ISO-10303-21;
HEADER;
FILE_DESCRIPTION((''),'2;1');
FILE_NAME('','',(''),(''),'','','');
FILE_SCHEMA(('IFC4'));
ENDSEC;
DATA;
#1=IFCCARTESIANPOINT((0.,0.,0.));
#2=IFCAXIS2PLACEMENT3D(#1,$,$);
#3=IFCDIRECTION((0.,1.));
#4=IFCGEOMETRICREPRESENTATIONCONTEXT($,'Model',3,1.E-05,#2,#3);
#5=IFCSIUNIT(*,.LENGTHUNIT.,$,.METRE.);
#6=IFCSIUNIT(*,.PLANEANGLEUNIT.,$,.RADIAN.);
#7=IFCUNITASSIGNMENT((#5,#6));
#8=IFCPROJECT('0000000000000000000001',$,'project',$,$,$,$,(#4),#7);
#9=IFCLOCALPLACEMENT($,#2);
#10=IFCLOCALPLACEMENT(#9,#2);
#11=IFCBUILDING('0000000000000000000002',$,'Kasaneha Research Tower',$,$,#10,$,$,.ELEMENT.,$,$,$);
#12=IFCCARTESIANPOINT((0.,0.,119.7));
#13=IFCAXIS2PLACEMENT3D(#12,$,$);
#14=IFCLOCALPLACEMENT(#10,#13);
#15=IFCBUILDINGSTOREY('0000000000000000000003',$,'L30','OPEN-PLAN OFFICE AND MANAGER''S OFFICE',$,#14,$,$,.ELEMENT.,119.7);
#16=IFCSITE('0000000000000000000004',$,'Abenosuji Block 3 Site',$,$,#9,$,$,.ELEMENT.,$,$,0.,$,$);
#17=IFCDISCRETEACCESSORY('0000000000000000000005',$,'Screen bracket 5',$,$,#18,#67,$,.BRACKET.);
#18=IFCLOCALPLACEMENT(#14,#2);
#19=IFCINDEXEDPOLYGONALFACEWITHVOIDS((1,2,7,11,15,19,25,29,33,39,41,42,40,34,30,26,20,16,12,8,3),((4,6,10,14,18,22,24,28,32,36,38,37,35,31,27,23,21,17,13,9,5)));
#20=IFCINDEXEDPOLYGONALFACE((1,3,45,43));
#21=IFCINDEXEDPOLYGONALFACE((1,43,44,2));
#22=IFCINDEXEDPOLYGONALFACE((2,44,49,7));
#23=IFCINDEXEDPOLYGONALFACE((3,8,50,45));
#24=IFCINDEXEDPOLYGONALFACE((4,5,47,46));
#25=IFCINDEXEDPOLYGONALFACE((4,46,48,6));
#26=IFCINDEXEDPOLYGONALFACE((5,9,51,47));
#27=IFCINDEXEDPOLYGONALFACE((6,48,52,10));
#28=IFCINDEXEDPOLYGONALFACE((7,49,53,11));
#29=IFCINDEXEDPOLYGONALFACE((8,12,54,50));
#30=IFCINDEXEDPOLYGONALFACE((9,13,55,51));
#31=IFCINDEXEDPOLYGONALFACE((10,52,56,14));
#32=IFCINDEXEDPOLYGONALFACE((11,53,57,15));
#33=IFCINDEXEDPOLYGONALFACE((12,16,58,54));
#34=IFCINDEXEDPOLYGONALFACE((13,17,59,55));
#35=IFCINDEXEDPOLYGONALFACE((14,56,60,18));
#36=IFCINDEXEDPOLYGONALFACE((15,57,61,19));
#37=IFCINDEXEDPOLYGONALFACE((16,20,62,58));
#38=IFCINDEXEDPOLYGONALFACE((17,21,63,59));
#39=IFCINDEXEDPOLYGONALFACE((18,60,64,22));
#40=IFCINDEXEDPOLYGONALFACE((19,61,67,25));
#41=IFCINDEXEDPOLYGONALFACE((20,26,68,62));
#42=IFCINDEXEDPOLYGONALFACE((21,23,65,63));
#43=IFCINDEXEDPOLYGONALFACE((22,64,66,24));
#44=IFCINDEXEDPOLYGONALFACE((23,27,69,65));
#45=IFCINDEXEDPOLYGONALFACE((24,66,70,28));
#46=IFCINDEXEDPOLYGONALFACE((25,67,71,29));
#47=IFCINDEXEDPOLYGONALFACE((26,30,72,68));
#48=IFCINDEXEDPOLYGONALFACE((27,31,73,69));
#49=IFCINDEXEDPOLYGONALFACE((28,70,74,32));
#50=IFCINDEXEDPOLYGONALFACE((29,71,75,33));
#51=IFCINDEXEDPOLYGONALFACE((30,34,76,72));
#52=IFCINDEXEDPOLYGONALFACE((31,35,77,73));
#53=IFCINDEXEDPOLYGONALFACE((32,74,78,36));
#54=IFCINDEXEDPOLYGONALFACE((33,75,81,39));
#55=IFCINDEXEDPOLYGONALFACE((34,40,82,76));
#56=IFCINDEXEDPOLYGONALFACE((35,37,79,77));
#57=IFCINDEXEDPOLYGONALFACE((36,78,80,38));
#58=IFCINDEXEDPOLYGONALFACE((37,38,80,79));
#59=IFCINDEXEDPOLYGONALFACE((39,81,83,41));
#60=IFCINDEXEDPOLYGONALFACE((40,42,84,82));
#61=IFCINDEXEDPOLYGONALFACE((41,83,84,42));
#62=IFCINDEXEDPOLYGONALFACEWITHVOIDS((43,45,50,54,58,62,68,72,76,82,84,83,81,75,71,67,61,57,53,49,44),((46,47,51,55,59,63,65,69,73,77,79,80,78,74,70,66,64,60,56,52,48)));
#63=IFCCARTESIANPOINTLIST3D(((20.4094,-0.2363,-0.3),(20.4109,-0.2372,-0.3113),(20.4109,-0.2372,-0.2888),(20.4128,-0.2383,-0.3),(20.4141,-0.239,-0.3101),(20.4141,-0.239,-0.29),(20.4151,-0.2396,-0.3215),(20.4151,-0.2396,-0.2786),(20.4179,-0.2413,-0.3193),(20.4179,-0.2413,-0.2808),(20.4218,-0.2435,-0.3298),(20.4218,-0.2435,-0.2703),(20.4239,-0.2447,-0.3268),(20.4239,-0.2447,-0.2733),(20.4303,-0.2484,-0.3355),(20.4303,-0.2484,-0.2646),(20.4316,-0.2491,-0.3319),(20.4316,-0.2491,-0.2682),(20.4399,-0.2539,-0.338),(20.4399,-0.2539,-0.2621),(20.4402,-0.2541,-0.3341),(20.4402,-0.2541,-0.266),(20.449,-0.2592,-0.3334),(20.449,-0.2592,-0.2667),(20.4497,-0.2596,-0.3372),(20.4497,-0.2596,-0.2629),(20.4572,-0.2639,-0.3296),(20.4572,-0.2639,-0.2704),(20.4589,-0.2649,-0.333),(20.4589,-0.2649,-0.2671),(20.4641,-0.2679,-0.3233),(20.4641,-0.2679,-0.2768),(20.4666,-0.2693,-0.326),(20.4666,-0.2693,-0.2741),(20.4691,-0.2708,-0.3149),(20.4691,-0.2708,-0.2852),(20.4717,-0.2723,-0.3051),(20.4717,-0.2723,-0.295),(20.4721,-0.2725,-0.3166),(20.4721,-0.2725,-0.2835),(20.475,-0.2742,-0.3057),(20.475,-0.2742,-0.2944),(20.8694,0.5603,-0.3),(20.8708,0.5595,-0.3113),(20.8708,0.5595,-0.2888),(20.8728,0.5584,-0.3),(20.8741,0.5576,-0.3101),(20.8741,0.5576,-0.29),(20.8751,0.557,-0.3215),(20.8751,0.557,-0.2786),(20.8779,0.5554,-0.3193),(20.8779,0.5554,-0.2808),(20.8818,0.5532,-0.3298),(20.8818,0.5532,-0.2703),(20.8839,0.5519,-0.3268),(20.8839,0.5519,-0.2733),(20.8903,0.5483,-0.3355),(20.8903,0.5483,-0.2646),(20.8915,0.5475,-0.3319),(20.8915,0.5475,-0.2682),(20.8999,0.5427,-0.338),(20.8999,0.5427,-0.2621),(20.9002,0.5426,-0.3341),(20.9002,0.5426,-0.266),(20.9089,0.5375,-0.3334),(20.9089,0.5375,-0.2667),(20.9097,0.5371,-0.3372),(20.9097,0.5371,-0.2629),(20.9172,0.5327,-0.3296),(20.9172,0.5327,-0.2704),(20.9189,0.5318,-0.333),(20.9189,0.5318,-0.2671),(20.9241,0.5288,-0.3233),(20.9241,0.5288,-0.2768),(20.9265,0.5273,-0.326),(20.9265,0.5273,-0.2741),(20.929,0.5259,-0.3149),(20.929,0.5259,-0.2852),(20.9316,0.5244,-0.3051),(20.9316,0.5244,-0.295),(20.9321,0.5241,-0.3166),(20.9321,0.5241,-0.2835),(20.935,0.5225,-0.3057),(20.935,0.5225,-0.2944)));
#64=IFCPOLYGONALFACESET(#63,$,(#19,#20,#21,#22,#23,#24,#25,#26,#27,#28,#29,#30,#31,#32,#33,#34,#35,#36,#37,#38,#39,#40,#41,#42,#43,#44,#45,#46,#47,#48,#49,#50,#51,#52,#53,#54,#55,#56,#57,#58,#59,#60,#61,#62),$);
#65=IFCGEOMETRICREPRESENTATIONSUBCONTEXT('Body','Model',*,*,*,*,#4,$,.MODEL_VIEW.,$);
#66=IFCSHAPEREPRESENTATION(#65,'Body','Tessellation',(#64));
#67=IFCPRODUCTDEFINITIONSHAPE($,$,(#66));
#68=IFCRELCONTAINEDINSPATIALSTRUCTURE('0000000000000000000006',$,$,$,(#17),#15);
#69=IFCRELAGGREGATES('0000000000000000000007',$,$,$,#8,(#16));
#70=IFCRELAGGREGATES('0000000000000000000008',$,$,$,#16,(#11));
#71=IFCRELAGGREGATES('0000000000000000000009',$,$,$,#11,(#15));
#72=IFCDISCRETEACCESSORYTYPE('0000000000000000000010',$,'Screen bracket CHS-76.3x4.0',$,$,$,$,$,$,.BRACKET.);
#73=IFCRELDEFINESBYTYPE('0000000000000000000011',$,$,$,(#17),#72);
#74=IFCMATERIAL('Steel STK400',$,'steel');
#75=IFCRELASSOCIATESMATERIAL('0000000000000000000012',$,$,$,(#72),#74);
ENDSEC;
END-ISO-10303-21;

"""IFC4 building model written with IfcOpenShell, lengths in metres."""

from ifc_helpers import new_model, si_unit, direction, frame, origin, origin_2d, place, context, subcontext, project, spatial, hollow_circle, extrude, material, material_profile, profile_set, type_object, element, save


model = new_model("IFC4")

# Units and contexts
model_context = context("Model", 3, precision=1e-05, world=origin(), true_north=direction((0.0, 1.0)))
body_context = subcontext(model_context, "Body", "Model", "MODEL_VIEW")
ifc_project = project(units=[si_unit("LENGTHUNIT", "METRE"), si_unit("PLANEANGLEUNIT", "RADIAN")], contexts=[model_context])

# Site, building, storey
site_placement = place(None, origin())
site = spatial("IfcSite", under=ifc_project, at=site_placement, Name="Abenosuji Block 3 Site", CompositionType="ELEMENT", RefElevation=0.0)
building_placement = place(site_placement, origin())
building = spatial("IfcBuilding", under=site, at=building_placement, Name="Kasaneha Research Tower", CompositionType="ELEMENT")
storey_placement = place(building_placement, frame((0.0, 0.0, 119.7)))
storey = spatial("IfcBuildingStorey", under=building, at=storey_placement, Name="L30", Description="OPEN-PLAN OFFICE AND MANAGER'S OFFICE", CompositionType="ELEMENT", Elevation=119.7)

# Discrete accessory
ifc_material_1 = material(Name="Steel STK400", Category="steel")
ifc_material_profile_1 = material_profile(ifc_material_1, hollow_circle(Radius=0.0381, WallThickness=0.0039, at=origin_2d()), Name="CHS-76.3x4.0")
ifc_profile_set_1 = profile_set([ifc_material_profile_1], Name="Steel STK400")
discrete_accessory_type = type_object("IfcDiscreteAccessoryType", Name="Screen bracket CHS-76.3x4.0", PredefinedType="BRACKET", material=ifc_profile_set_1)
discrete_accessory_1_placement = place(storey_placement, frame((20.4424, -0.2554, -0.3), z_axis=(0.500021, 0.866013, 0.0), x_axis=(-0.866013, 0.500021, 0.0)))
element("IfcDiscreteAccessory", 1, at=discrete_accessory_1_placement, inside=storey, type_object=discrete_accessory_type, Name="Screen bracket 5", PredefinedType="BRACKET", context=body_context, shape_type="SweptSolid", body=[
    extrude(hollow_circle(Radius=0.0381, WallThickness=0.0039, at=origin_2d()), origin(), (0.0, 0.0, 1.0), 0.9199),
])

save(model, "model.ifc")
